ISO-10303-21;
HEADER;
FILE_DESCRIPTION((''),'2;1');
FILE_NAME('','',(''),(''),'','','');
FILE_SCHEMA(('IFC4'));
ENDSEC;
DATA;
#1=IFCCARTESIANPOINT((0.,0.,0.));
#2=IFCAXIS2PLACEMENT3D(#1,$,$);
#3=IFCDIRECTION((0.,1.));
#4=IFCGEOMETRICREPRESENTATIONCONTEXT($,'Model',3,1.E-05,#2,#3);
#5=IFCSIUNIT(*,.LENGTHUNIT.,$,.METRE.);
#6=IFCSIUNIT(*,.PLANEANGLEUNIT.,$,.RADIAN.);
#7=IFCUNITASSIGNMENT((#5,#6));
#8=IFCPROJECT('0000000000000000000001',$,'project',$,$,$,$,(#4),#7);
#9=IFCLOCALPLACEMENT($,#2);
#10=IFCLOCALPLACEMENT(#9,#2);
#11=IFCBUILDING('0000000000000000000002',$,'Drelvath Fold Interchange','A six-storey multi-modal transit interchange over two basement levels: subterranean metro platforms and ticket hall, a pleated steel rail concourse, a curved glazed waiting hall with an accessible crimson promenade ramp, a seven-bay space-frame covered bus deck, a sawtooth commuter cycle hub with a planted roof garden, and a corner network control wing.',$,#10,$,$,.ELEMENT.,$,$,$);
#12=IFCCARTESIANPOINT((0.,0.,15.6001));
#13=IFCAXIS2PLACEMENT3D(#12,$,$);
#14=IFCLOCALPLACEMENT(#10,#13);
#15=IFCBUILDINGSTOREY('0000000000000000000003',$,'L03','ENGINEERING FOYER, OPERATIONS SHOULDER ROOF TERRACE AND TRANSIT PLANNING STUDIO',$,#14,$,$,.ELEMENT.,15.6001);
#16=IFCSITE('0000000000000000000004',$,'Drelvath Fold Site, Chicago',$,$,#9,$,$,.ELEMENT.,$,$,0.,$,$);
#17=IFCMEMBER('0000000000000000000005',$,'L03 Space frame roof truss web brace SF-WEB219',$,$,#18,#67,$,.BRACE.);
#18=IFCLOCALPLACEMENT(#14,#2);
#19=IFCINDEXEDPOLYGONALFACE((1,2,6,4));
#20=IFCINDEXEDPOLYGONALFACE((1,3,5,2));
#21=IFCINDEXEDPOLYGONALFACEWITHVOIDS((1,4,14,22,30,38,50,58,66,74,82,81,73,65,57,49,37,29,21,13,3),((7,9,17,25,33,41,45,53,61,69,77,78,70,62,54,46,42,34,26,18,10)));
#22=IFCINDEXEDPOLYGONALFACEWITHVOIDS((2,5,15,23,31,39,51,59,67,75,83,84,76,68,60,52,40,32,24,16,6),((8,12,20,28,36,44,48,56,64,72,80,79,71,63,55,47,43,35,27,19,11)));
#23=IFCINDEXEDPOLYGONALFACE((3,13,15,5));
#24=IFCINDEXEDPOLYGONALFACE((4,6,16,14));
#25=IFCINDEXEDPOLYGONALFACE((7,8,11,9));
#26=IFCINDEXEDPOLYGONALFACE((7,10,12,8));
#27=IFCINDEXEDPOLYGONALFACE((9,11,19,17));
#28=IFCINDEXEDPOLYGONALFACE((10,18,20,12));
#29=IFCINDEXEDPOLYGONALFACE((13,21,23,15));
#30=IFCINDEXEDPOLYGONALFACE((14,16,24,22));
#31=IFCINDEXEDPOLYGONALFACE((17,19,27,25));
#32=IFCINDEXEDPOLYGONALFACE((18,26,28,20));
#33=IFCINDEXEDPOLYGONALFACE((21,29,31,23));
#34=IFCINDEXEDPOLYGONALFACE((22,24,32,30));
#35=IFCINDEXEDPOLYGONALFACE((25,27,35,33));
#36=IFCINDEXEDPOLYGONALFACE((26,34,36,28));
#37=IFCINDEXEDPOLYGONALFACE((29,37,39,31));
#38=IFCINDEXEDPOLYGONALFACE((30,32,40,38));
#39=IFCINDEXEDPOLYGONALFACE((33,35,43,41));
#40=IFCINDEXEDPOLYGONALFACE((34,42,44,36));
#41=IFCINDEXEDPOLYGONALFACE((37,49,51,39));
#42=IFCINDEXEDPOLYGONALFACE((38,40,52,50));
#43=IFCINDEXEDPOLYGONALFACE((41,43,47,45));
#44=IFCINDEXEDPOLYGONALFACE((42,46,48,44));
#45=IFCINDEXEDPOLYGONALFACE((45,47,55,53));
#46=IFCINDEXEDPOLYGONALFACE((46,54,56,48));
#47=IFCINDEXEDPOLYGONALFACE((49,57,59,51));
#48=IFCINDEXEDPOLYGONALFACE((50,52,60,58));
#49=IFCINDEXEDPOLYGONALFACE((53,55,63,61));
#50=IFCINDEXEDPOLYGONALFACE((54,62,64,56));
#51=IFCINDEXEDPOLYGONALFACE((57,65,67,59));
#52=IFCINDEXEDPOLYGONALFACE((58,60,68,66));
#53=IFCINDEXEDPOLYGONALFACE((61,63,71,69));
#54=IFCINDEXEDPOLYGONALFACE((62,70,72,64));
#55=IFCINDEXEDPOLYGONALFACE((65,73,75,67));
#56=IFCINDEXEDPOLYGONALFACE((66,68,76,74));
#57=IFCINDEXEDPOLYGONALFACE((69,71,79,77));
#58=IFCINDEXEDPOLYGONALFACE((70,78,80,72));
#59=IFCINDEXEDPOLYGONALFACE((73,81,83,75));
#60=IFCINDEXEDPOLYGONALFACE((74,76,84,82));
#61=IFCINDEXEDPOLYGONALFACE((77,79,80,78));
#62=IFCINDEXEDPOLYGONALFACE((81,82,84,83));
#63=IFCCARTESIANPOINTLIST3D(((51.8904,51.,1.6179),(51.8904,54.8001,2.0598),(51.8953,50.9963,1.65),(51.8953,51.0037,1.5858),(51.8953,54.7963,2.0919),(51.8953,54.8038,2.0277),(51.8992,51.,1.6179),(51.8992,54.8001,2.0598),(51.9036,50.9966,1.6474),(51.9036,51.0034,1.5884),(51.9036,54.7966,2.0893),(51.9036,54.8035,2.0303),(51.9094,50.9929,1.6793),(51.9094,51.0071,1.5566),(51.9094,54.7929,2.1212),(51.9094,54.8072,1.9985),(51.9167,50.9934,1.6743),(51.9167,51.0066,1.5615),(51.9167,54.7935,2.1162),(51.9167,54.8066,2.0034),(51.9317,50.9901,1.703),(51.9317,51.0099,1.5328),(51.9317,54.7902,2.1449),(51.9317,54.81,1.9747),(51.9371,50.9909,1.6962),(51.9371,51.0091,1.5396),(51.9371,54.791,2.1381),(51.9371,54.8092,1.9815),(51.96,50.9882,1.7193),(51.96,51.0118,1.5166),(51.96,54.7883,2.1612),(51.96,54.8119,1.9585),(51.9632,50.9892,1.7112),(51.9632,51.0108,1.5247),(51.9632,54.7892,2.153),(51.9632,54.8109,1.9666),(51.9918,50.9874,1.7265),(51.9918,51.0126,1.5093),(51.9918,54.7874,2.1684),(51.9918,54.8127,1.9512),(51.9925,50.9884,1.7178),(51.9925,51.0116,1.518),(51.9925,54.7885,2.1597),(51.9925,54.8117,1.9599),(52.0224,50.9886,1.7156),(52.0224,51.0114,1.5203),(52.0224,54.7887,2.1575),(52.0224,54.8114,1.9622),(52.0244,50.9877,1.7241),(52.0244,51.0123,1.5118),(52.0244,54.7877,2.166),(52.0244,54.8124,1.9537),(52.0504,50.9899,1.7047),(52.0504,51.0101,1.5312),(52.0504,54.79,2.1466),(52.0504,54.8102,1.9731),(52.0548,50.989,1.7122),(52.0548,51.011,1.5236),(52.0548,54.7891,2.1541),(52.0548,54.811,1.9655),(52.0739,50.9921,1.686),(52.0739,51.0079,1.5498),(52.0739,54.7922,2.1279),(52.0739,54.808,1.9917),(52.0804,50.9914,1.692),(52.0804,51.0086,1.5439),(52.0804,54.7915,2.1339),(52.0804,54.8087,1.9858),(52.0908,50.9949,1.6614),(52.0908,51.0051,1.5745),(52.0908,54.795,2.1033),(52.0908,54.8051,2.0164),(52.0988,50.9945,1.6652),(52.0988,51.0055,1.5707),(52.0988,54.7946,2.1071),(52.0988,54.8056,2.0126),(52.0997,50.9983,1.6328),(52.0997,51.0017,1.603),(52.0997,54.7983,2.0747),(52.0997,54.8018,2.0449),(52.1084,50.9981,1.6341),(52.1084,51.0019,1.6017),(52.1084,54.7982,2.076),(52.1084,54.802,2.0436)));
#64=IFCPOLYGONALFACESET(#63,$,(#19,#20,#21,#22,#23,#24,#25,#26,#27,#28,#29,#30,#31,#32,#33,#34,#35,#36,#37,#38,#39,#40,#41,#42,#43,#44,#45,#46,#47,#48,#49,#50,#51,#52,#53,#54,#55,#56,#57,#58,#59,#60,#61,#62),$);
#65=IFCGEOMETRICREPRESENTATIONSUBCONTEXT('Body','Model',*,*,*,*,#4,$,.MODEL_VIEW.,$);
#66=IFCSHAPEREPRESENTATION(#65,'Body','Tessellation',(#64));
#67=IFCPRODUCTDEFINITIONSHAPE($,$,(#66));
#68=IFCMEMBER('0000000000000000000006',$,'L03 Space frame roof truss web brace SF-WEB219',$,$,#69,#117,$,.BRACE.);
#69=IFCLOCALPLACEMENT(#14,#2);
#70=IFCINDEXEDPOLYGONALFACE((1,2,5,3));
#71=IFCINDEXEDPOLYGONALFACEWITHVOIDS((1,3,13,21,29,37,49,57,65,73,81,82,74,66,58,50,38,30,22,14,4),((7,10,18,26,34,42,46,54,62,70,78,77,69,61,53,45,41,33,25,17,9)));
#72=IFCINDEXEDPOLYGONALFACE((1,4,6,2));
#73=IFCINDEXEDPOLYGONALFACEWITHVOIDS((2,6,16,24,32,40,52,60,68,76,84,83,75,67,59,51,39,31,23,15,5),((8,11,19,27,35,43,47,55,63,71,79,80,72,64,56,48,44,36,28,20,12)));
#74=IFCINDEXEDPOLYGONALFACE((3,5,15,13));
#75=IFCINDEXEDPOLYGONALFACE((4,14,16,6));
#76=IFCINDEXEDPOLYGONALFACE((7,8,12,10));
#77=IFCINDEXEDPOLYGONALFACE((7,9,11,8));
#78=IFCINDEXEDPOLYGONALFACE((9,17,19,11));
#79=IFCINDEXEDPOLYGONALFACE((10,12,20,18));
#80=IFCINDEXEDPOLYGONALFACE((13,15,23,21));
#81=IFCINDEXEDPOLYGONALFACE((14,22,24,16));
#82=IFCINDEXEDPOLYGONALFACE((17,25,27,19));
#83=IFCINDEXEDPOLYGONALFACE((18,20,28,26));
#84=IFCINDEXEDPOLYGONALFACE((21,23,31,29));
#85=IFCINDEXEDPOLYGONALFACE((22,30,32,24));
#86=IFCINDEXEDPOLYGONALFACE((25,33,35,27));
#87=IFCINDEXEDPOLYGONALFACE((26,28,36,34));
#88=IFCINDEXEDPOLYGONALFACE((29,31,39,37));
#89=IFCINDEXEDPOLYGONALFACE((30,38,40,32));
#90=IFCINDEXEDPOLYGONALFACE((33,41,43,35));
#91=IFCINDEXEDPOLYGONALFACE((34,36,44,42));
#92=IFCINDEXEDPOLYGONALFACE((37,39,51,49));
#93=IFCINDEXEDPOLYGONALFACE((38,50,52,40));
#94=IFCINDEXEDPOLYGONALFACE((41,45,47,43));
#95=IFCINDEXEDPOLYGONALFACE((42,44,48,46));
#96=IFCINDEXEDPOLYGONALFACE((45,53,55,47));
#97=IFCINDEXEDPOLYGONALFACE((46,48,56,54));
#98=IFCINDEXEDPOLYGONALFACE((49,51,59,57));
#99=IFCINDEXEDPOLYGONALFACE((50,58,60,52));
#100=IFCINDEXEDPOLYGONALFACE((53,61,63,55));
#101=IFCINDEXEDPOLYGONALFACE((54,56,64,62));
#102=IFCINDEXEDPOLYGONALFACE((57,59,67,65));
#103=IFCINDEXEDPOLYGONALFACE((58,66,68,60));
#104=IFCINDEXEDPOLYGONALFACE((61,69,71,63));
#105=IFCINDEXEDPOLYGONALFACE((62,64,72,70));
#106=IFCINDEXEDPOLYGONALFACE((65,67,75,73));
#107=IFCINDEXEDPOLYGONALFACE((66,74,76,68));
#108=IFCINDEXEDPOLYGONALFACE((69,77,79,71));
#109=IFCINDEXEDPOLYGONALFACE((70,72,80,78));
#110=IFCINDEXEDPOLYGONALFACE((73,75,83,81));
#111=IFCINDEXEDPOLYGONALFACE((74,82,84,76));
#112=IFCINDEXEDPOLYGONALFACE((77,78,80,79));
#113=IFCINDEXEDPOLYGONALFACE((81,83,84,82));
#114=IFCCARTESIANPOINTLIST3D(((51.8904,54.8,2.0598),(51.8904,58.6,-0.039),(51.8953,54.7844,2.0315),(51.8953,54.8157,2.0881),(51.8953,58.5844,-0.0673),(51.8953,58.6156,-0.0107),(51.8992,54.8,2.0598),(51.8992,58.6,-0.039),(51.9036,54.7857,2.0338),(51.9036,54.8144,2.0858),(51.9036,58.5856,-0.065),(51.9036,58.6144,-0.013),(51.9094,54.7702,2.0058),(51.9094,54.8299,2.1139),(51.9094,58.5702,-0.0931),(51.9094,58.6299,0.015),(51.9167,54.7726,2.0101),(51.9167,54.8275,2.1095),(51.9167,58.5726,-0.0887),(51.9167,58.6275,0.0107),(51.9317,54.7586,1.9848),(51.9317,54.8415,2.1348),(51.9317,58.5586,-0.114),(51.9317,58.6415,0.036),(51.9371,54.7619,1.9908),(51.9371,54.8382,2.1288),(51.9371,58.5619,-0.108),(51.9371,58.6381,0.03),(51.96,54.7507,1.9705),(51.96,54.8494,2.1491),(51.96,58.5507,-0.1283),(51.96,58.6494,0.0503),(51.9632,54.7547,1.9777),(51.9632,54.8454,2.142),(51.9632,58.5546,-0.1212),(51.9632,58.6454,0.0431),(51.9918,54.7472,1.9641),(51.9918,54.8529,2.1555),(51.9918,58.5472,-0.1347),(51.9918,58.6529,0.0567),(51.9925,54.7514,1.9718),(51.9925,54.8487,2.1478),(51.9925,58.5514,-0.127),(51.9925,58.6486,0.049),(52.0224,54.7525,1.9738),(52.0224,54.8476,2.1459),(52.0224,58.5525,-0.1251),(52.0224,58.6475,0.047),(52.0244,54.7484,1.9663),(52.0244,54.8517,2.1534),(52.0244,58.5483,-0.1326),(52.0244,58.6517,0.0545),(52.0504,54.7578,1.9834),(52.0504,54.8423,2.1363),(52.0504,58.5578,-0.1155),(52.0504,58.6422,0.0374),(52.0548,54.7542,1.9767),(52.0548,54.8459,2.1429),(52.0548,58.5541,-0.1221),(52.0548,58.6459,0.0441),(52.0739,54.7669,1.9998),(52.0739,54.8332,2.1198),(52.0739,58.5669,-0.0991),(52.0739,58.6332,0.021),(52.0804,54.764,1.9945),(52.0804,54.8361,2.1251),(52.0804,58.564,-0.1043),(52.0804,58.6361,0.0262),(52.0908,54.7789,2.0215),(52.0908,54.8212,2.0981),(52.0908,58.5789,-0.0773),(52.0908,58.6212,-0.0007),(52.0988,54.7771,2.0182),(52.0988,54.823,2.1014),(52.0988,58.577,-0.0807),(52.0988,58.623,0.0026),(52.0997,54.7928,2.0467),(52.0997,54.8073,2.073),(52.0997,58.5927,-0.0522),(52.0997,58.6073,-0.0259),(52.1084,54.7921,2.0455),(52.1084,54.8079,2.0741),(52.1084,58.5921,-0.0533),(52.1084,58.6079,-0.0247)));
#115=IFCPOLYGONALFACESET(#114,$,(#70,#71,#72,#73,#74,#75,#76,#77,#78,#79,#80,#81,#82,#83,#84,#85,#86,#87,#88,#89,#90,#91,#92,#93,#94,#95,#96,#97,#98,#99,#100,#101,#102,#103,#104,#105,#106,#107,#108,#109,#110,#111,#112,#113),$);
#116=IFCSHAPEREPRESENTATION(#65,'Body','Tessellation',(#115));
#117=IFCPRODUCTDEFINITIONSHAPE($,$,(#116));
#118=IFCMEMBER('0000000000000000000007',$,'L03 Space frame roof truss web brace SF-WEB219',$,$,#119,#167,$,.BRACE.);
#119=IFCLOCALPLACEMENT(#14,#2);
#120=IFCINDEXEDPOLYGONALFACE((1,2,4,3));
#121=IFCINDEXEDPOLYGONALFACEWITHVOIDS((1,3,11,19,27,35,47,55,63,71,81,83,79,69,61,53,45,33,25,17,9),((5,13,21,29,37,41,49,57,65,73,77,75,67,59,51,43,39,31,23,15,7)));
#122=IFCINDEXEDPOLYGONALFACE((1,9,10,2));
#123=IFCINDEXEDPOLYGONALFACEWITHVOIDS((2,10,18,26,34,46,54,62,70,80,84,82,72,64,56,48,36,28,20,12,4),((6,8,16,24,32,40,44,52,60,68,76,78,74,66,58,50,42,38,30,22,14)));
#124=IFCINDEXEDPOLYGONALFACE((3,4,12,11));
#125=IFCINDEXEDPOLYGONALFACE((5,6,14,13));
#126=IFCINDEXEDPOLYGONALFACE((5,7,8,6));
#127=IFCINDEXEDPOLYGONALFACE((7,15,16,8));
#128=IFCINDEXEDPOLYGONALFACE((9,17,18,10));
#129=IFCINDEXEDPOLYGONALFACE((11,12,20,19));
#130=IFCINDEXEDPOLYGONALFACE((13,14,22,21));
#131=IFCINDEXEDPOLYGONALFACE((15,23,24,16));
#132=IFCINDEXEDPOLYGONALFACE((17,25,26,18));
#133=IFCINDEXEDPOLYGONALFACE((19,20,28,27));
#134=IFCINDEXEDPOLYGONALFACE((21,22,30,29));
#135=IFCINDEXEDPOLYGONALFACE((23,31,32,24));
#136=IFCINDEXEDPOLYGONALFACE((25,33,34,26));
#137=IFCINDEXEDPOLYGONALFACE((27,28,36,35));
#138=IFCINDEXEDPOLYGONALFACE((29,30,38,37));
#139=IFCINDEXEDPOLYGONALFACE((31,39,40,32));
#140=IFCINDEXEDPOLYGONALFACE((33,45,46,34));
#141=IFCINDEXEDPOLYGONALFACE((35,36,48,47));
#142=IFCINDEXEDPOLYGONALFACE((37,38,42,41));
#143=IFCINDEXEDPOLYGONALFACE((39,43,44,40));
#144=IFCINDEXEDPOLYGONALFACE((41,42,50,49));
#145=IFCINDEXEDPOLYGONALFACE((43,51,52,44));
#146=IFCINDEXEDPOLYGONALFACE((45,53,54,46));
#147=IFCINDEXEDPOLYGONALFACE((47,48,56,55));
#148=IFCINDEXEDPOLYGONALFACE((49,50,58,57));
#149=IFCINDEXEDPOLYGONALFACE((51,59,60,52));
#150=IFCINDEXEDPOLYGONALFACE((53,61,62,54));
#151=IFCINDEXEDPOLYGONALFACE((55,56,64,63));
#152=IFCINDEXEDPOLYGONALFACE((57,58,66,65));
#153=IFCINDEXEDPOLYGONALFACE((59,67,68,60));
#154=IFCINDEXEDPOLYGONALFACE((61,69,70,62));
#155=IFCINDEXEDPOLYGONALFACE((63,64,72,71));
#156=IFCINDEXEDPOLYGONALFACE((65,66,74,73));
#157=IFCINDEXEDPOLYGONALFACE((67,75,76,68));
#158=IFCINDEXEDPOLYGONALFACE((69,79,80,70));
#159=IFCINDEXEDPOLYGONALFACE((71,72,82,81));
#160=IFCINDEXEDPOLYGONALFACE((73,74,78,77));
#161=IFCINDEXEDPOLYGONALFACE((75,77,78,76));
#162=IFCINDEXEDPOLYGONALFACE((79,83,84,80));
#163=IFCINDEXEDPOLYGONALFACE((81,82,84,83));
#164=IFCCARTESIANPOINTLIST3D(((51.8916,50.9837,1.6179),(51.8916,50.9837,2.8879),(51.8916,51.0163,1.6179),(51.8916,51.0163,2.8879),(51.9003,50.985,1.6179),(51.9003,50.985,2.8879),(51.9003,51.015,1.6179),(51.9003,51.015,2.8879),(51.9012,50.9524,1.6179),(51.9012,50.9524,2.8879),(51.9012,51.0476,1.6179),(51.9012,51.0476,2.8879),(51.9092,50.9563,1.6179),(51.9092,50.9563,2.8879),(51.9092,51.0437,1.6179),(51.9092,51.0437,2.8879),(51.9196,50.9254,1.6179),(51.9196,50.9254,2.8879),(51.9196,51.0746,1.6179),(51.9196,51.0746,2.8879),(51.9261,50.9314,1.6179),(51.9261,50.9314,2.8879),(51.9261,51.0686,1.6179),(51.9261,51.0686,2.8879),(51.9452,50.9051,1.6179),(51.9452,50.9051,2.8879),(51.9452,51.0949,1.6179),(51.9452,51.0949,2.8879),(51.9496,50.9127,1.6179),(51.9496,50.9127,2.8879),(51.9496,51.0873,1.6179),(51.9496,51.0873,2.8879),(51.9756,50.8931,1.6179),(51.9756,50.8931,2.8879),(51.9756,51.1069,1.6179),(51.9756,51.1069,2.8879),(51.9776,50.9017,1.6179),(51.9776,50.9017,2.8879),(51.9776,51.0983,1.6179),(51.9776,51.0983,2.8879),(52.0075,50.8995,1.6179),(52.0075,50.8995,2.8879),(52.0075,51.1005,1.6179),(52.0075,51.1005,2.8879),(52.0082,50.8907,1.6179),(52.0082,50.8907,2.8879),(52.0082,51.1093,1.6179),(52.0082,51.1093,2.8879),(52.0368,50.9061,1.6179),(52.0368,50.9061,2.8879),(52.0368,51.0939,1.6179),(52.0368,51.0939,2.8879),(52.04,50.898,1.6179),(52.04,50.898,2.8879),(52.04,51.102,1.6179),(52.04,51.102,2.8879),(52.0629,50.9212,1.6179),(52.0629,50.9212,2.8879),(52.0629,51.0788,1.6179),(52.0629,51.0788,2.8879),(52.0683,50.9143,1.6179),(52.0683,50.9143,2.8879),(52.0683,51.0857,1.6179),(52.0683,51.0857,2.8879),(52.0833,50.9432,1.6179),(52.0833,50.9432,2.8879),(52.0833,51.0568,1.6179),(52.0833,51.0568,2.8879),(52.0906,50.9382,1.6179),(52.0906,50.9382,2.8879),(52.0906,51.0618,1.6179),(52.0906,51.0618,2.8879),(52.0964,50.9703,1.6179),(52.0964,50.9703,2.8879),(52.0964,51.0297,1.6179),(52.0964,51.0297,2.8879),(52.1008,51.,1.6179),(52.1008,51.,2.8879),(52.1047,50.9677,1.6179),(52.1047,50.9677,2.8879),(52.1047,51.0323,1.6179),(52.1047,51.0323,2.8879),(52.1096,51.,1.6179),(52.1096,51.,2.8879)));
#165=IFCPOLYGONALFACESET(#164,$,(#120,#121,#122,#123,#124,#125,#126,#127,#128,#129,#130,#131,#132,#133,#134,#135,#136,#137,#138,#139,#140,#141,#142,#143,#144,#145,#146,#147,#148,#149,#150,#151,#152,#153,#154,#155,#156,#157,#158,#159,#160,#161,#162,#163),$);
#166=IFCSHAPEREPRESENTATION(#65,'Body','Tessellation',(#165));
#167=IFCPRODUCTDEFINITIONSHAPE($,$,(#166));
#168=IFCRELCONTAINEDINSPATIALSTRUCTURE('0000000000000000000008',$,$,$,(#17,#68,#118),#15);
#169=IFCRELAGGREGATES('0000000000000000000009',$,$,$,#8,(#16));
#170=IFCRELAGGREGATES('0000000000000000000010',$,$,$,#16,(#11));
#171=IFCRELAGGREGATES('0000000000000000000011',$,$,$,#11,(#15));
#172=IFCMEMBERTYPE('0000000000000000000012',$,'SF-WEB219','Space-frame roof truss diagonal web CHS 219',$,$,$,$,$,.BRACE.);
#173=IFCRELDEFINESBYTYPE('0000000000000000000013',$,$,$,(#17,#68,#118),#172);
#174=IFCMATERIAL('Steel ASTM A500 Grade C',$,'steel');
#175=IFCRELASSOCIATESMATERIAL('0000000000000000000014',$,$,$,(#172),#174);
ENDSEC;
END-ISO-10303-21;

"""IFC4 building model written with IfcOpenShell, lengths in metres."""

from ifc_helpers import new_model, si_unit, direction, frame, origin, origin_2d, place, context, subcontext, project, spatial, hollow_circle, extrude, material, material_profile, profile_set, type_object, element, save


model = new_model("IFC4")

# Units and contexts
model_context = context("Model", 3, precision=1e-05, world=origin(), true_north=direction((0.0, 1.0)))
body_context = subcontext(model_context, "Body", "Model", "MODEL_VIEW")
ifc_project = project(units=[si_unit("LENGTHUNIT", "METRE"), si_unit("PLANEANGLEUNIT", "RADIAN")], contexts=[model_context])

# Site, building, storey
site_placement = place(None, origin())
site = spatial("IfcSite", under=ifc_project, at=site_placement, Name="Drelvath Fold Site, Chicago", CompositionType="ELEMENT", RefElevation=0.0)
building_placement = place(site_placement, origin())
building = spatial("IfcBuilding", under=site, at=building_placement, Name="Drelvath Fold Interchange", Description="A six-storey multi-modal transit interchange over two basement levels: subterranean metro platforms and ticket hall, a pleated steel rail concourse, a curved glazed waiting hall with an accessible crimson promenade ramp, a seven-bay space-frame covered bus deck, a sawtooth commuter cycle hub with a planted roof garden, and a corner network control wing.", CompositionType="ELEMENT")
storey_placement = place(building_placement, frame((0.0, 0.0, 15.6001)))
storey = spatial("IfcBuildingStorey", under=building, at=storey_placement, Name="L03", Description="ENGINEERING FOYER, OPERATIONS SHOULDER ROOF TERRACE AND TRANSIT PLANNING STUDIO", CompositionType="ELEMENT", Elevation=15.6001)

# Members
ifc_material_1 = material(Name="Steel ASTM A500 Grade C", Category="steel")
ifc_material_profile_1 = material_profile(ifc_material_1, hollow_circle(Radius=0.1096, WallThickness=0.0088, at=origin_2d()), Name="HSS8.625X0.375")
ifc_profile_set_1 = profile_set([ifc_material_profile_1], Name="Steel ASTM A500 Grade C")
member_type_1 = type_object("IfcMemberType", Name="SF-WEB219", Description="Space-frame roof truss diagonal web CHS 219", PredefinedType="BRACE", material=ifc_profile_set_1)
member_1_placement = place(storey_placement, frame((52.0, 51.0, 1.6179), z_axis=(0.0, 0.993307, 0.115508), x_axis=(-1.0, 0.0, 0.0)))
element("IfcMember", 1, at=member_1_placement, inside=storey, type_object=member_type_1, Name="L03 Space frame roof truss web brace SF-WEB219", PredefinedType="BRACE", context=body_context, shape_type="SweptSolid", body=[
    extrude(hollow_circle(Radius=0.1096, WallThickness=0.0088, at=origin_2d()), origin(), (0.0, 0.0, 1.0), 3.8257),
])
member_2_placement = place(storey_placement, frame((52.0, 54.8, 2.0598), z_axis=(0.0, 0.875354, -0.483483), x_axis=(-1.0, 0.0, 0.0)))
element("IfcMember", 2, at=member_2_placement, inside=storey, type_object=member_type_1, Name="L03 Space frame roof truss web brace SF-WEB219", PredefinedType="BRACE", context=body_context, shape_type="SweptSolid", body=[
    extrude(hollow_circle(Radius=0.1096, WallThickness=0.0088, at=origin_2d()), origin(), (0.0, 0.0, 1.0), 4.3411),
])
for number, where, z_axis, x_axis, name in (
    (3, (52.0, 51.0, 1.6179), (0.0, 0.0, 1.0), (1.0, 0.0, 0.0), "L03 Space frame roof truss web brace SF-WEB219"),
):
    element("IfcMember", number, at=place(storey_placement, frame(where, z_axis=z_axis, x_axis=x_axis)), inside=storey, type_object=member_type_1, Name=name, PredefinedType="BRACE", context=body_context, shape_type="SweptSolid", body=[
        extrude(hollow_circle(Radius=0.1096, WallThickness=0.0088, at=origin_2d()), origin(), (0.0, 0.0, 1.0), 1.27),
    ])

save(model, "model.ifc")
